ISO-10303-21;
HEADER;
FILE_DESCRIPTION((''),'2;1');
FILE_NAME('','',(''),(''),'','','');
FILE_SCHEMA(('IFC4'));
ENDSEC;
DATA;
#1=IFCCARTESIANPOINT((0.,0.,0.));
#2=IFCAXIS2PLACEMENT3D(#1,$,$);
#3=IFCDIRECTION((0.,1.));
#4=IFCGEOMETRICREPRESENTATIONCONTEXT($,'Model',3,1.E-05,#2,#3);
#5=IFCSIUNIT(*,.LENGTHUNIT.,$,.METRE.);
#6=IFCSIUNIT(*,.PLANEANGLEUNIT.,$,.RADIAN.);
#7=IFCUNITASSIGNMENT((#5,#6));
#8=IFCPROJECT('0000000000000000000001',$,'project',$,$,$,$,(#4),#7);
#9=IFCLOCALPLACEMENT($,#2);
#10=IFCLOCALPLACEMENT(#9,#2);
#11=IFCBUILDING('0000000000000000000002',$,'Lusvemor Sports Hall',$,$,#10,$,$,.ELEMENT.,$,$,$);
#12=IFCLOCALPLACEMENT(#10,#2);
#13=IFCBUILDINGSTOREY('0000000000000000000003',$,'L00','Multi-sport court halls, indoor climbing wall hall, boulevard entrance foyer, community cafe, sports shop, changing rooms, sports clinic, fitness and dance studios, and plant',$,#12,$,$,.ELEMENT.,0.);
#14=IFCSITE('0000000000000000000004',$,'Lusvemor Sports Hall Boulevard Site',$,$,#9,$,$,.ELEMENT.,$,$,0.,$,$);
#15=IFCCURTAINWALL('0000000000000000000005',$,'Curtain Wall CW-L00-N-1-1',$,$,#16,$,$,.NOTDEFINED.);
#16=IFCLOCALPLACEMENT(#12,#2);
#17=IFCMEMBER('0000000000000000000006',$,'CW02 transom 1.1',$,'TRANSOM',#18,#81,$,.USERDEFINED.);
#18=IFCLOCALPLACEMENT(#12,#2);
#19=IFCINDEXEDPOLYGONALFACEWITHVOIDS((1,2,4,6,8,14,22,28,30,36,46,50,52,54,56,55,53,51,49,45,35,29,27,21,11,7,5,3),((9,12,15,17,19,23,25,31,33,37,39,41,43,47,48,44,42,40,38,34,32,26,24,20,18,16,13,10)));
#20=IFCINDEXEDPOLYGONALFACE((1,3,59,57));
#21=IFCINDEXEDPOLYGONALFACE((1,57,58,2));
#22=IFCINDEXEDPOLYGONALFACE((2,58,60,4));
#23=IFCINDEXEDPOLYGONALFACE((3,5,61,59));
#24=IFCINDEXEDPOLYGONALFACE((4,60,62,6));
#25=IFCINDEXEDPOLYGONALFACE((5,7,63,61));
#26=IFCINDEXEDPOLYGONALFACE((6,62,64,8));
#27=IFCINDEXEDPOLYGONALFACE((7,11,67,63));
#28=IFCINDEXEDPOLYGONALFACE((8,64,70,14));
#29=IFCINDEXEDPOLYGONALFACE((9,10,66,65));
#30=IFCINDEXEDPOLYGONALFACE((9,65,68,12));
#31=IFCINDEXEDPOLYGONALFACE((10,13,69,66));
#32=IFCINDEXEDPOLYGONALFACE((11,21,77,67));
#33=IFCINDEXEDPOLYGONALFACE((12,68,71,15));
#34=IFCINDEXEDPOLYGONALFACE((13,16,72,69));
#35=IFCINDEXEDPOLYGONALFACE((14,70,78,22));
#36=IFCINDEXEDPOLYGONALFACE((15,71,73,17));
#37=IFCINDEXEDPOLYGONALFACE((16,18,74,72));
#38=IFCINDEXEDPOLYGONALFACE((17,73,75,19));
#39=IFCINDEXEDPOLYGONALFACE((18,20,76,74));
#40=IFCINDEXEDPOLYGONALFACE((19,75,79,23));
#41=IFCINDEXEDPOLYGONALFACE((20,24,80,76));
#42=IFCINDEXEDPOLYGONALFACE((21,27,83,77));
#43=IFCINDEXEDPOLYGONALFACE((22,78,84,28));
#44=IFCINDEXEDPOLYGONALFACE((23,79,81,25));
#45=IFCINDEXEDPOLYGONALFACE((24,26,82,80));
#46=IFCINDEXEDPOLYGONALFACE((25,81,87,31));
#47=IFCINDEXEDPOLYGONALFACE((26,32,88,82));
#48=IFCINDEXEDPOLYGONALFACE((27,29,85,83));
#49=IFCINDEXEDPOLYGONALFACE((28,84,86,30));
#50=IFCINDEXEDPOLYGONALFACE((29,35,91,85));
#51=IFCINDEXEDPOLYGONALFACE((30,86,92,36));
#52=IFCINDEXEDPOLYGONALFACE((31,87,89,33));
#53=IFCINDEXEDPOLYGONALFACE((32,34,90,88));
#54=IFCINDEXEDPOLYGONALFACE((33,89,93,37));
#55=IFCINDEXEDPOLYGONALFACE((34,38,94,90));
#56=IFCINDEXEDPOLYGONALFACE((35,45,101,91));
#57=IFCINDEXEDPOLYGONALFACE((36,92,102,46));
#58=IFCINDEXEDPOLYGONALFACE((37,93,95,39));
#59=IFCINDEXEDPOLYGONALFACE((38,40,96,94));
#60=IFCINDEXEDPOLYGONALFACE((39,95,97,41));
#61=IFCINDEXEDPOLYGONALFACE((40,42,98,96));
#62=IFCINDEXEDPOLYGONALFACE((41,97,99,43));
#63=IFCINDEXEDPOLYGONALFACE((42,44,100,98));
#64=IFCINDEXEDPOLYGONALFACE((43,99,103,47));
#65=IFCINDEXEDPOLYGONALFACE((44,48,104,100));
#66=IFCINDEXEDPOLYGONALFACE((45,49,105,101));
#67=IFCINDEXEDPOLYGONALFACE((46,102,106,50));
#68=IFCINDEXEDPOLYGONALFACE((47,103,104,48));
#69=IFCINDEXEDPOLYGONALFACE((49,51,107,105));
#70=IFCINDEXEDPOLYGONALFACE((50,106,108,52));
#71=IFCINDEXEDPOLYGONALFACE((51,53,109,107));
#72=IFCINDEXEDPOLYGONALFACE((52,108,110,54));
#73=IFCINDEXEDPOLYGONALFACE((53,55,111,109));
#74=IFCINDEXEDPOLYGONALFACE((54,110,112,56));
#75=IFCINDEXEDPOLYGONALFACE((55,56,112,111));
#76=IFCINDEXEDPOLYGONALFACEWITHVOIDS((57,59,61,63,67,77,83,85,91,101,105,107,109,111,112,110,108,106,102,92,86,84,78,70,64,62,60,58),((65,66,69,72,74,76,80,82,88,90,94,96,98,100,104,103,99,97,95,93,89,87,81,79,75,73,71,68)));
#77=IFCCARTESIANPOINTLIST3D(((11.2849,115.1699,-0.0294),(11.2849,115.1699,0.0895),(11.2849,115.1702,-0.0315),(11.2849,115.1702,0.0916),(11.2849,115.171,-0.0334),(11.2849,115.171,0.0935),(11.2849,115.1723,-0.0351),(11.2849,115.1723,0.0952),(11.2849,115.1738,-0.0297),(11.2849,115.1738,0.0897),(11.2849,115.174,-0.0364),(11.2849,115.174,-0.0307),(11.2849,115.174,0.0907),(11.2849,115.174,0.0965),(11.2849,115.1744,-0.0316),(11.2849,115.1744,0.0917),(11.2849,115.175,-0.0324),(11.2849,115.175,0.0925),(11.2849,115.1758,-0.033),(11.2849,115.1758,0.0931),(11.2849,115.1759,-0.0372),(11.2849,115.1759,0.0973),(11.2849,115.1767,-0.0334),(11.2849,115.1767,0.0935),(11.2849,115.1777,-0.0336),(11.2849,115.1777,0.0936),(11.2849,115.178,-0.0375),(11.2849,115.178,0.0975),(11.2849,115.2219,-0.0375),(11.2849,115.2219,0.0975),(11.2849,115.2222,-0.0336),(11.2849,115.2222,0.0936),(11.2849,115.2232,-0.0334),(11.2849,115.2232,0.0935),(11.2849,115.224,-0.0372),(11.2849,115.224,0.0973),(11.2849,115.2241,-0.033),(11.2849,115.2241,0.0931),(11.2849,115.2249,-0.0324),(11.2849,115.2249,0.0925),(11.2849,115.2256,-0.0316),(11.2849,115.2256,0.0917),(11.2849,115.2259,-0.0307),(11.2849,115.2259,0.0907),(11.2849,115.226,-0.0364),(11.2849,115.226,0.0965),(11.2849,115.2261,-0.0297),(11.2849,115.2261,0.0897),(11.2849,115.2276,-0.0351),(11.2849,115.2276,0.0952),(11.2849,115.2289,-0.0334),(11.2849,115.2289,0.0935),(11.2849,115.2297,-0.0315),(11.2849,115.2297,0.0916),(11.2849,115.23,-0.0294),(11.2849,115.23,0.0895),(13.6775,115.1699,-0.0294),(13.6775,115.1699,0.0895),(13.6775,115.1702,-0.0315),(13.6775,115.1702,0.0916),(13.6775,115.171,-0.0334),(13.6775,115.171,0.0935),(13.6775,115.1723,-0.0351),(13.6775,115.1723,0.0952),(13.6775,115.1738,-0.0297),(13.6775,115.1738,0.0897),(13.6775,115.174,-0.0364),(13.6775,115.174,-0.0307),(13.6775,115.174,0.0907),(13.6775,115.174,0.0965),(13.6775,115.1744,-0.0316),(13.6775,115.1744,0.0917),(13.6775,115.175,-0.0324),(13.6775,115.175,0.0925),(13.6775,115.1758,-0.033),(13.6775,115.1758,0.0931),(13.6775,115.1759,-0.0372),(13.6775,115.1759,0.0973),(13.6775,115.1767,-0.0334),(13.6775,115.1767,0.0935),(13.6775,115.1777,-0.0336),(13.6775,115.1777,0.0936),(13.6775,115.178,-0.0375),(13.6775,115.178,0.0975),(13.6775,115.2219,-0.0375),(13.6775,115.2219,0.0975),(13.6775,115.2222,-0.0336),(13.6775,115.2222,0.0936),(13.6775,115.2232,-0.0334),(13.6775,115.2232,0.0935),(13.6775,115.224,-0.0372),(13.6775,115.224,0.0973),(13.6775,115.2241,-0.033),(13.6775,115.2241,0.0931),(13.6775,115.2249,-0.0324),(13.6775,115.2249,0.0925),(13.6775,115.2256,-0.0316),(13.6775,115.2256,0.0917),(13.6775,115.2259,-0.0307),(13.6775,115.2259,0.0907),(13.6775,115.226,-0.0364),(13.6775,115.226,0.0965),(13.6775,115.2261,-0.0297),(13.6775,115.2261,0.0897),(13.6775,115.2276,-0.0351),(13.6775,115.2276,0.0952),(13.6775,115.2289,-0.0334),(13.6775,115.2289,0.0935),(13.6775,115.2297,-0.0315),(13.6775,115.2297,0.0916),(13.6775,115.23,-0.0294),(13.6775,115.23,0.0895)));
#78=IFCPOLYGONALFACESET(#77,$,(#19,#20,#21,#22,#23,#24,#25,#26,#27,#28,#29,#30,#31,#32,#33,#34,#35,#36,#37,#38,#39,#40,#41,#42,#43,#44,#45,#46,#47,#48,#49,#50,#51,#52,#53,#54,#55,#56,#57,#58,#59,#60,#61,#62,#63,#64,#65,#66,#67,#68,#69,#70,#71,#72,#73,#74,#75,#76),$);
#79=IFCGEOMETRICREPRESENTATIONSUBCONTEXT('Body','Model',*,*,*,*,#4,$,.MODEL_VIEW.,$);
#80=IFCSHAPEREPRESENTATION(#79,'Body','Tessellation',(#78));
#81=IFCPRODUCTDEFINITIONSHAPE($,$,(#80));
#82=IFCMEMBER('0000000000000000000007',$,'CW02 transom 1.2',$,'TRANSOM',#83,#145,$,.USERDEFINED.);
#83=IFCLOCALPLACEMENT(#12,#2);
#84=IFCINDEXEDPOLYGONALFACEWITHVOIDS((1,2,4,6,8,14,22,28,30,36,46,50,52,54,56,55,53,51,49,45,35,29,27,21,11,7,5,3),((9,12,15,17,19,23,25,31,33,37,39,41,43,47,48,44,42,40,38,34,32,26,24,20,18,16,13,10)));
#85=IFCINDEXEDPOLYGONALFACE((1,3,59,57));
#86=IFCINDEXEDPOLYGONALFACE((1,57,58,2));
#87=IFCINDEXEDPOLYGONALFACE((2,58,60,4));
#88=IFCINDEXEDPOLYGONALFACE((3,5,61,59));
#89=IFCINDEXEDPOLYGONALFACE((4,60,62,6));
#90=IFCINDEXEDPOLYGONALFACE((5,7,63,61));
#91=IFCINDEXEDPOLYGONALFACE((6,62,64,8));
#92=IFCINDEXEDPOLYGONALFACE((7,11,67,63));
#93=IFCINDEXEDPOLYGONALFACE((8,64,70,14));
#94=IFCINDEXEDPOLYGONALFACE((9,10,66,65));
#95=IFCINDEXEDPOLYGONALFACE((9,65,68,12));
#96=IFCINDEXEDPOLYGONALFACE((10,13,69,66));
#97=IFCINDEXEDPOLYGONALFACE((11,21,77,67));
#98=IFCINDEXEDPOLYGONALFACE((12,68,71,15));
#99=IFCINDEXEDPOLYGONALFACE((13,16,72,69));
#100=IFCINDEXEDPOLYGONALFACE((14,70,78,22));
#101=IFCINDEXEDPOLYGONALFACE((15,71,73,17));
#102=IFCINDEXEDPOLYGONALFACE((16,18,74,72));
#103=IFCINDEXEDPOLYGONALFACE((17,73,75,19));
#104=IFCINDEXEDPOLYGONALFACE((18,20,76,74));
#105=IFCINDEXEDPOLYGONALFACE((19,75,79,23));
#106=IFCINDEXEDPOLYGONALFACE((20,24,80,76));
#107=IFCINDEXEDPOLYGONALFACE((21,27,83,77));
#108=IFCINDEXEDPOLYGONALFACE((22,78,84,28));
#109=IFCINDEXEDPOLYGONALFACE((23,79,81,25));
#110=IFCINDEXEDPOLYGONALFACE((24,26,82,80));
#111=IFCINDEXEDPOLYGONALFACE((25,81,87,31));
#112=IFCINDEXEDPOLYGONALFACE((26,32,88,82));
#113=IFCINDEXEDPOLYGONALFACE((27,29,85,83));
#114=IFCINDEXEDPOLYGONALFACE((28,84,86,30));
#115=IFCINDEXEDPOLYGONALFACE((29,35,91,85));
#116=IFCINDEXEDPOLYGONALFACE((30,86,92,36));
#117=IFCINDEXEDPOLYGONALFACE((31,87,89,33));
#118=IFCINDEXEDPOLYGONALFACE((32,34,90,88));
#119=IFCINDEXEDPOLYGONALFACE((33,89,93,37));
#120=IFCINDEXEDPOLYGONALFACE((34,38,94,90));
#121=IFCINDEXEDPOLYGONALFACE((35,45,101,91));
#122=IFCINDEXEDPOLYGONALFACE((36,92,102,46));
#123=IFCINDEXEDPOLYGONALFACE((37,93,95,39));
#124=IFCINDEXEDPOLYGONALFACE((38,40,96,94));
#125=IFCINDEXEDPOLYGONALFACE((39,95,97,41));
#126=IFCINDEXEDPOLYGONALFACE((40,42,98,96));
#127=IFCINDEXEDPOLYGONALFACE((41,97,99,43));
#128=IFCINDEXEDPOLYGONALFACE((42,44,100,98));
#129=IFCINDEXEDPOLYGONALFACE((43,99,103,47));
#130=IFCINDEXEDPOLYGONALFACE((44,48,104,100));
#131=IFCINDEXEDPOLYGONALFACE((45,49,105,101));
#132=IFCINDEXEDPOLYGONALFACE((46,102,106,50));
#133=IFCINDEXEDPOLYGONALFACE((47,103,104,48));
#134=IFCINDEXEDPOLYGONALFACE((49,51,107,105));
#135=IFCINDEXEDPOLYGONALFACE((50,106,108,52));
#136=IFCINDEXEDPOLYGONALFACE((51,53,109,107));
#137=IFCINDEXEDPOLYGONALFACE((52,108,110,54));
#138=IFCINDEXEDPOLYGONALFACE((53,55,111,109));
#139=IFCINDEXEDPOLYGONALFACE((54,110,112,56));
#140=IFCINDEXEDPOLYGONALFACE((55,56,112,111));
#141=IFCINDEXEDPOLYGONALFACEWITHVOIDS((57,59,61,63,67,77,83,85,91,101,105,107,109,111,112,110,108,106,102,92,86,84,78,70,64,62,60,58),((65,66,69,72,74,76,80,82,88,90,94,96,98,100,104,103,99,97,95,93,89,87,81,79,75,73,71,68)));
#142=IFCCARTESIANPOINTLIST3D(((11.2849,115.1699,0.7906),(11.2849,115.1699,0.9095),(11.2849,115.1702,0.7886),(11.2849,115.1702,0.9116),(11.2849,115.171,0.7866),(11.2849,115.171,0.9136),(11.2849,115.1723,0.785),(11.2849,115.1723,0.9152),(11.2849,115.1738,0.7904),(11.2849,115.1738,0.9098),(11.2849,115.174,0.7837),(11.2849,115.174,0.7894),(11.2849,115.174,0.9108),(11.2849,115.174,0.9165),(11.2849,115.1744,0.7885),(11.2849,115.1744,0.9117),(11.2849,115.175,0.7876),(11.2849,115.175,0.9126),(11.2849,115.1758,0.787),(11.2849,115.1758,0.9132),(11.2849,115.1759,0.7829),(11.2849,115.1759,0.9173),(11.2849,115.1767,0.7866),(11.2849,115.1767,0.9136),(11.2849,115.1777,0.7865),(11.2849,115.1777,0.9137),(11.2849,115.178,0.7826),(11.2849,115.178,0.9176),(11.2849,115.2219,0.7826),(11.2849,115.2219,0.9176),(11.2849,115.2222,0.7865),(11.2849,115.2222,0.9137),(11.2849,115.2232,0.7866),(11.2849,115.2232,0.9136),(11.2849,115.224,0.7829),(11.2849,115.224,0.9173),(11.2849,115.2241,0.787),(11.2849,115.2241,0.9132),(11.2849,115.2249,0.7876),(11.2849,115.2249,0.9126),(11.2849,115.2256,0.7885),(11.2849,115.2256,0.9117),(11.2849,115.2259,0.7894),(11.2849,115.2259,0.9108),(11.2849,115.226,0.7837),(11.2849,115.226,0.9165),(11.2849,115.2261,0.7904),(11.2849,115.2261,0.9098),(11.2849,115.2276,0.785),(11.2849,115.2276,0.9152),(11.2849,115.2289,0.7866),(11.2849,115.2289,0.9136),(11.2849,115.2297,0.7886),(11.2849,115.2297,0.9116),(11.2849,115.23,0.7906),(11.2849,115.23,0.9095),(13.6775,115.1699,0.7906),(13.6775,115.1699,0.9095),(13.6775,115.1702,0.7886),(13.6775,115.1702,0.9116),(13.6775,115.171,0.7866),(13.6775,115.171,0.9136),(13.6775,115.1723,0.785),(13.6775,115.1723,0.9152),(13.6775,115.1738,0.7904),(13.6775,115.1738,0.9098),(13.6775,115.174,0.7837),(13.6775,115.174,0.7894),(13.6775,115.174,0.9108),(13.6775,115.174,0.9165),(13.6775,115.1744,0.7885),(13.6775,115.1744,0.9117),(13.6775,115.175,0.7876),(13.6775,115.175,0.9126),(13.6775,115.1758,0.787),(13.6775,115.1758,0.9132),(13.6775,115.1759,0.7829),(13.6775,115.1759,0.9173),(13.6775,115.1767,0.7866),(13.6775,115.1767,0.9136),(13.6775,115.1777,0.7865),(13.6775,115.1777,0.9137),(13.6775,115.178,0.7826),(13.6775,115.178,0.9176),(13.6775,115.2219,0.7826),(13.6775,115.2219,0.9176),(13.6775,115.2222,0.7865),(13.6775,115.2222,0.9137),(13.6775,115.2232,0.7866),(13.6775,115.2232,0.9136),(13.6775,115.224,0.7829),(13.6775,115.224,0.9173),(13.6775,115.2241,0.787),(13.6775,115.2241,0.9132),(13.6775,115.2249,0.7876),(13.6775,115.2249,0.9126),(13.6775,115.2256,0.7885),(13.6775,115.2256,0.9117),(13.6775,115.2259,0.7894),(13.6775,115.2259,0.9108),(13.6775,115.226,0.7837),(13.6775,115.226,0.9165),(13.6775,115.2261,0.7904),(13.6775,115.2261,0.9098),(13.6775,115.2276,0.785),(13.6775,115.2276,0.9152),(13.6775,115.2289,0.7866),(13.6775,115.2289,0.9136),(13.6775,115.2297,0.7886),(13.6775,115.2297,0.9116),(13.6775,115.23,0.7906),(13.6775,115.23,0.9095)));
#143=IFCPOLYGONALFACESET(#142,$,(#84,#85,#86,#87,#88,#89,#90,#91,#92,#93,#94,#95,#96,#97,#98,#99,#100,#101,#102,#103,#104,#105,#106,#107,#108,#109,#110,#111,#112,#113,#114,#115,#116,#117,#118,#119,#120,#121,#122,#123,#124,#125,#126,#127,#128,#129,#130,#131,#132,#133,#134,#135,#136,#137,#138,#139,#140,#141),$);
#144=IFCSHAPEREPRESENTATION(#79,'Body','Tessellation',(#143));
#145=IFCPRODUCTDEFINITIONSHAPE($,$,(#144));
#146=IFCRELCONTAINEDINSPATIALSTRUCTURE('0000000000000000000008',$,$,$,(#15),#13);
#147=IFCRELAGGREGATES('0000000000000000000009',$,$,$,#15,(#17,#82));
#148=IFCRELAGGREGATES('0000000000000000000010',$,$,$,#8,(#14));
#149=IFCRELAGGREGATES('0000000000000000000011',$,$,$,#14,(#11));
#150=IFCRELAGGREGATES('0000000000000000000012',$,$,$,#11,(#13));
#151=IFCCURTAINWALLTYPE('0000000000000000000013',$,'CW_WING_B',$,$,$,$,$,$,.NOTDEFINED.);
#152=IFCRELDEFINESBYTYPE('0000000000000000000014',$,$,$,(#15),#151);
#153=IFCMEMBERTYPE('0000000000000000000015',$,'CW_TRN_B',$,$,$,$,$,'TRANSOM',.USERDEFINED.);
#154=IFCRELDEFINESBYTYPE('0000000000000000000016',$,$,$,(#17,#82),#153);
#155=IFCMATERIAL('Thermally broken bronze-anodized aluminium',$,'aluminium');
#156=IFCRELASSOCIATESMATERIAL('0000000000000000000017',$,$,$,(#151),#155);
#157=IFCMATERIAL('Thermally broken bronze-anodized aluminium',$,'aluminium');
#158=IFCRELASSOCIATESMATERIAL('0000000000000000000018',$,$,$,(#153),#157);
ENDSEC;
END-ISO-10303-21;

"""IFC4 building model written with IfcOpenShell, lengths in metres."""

from ifc_helpers import new_model, si_unit, direction, frame, origin, origin_2d, place, context, subcontext, project, spatial, hollow_rectangle, extrude, material, material_profile, profile_set, type_object, element, aggregate, save


model = new_model("IFC4")

# Units and contexts
model_context = context("Model", 3, precision=1e-05, world=origin(), true_north=direction((0.0, 1.0)))
body_context = subcontext(model_context, "Body", "Model", "MODEL_VIEW")
ifc_project = project(units=[si_unit("LENGTHUNIT", "METRE"), si_unit("PLANEANGLEUNIT", "RADIAN")], contexts=[model_context])

# Site, building, storey
site_placement = place(None, origin())
site = spatial("IfcSite", under=ifc_project, at=site_placement, Name="Lusvemor Sports Hall Boulevard Site", CompositionType="ELEMENT", RefElevation=0.0)
building_placement = place(site_placement, origin())
building = spatial("IfcBuilding", under=site, at=building_placement, Name="Lusvemor Sports Hall", CompositionType="ELEMENT")
storey_placement = place(building_placement, origin())
storey = spatial("IfcBuildingStorey", under=building, at=storey_placement, Name="L00", Description="Multi-sport court halls, indoor climbing wall hall, boulevard entrance foyer, community cafe, sports shop, changing rooms, sports clinic, fitness and dance studios, and plant", CompositionType="ELEMENT", Elevation=0.0)

# Curtain wall, members
ifc_material_1 = material(Name="Thermally broken bronze-anodized aluminium", Category="aluminium")
curtain_wall_type = type_object("IfcCurtainWallType", Name="CW_WING_B", PredefinedType="NOTDEFINED", material=ifc_material_1)
curtain_wall_placement = place(storey_placement, origin())
curtain_wall = element("IfcCurtainWall", 1, at=curtain_wall_placement, inside=storey, type_object=curtain_wall_type, Name="Curtain Wall CW-L00-N-1-1", PredefinedType="NOTDEFINED")
ifc_material_2 = material(Name="Thermally broken bronze-anodized aluminium", Category="aluminium")
ifc_material_profile_1 = material_profile(ifc_material_2, hollow_rectangle(XDim=0.0601, YDim=0.135, WallThickness=0.0039, InnerFilletRadius=0.0039, OuterFilletRadius=0.0081, at=origin_2d()), Name="CWTRN135x60x4")
ifc_profile_set_1 = profile_set([ifc_material_profile_1], Name="Thermally broken bronze-anodized aluminium")
member_type_1 = type_object("IfcMemberType", Name="CW_TRN_B", ElementType="TRANSOM", PredefinedType="USERDEFINED", material=ifc_profile_set_1)
member_1_placement = place(storey_placement, frame((11.2849, 115.2, 0.03), z_axis=(1.0, 0.0, 0.0), x_axis=(0.0, 1.0, 0.0)))
member_1 = element("IfcMember", 2, at=member_1_placement, type_object=member_type_1, Name="CW02 transom 1.1", ObjectType="TRANSOM", PredefinedType="USERDEFINED", context=body_context, shape_type="SweptSolid", body=[
    extrude(hollow_rectangle(XDim=0.0601, YDim=0.135, WallThickness=0.0039, InnerFilletRadius=0.0039, OuterFilletRadius=0.0081, at=origin_2d()), origin(), (0.0, 0.0, 1.0), 2.3926),
])
member_2_placement = place(storey_placement, frame((11.2849, 115.2, 0.8501), z_axis=(1.0, 0.0, 0.0), x_axis=(0.0, 1.0, 0.0)))
member_2 = element("IfcMember", 3, at=member_2_placement, type_object=member_type_1, Name="CW02 transom 1.2", ObjectType="TRANSOM", PredefinedType="USERDEFINED", context=body_context, shape_type="SweptSolid", body=[
    extrude(hollow_rectangle(XDim=0.0601, YDim=0.135, WallThickness=0.0039, InnerFilletRadius=0.0039, OuterFilletRadius=0.0081, at=origin_2d()), origin(), (0.0, 0.0, 1.0), 2.3926),
])
aggregate(curtain_wall, [member_1, member_2])

save(model, "model.ifc")
